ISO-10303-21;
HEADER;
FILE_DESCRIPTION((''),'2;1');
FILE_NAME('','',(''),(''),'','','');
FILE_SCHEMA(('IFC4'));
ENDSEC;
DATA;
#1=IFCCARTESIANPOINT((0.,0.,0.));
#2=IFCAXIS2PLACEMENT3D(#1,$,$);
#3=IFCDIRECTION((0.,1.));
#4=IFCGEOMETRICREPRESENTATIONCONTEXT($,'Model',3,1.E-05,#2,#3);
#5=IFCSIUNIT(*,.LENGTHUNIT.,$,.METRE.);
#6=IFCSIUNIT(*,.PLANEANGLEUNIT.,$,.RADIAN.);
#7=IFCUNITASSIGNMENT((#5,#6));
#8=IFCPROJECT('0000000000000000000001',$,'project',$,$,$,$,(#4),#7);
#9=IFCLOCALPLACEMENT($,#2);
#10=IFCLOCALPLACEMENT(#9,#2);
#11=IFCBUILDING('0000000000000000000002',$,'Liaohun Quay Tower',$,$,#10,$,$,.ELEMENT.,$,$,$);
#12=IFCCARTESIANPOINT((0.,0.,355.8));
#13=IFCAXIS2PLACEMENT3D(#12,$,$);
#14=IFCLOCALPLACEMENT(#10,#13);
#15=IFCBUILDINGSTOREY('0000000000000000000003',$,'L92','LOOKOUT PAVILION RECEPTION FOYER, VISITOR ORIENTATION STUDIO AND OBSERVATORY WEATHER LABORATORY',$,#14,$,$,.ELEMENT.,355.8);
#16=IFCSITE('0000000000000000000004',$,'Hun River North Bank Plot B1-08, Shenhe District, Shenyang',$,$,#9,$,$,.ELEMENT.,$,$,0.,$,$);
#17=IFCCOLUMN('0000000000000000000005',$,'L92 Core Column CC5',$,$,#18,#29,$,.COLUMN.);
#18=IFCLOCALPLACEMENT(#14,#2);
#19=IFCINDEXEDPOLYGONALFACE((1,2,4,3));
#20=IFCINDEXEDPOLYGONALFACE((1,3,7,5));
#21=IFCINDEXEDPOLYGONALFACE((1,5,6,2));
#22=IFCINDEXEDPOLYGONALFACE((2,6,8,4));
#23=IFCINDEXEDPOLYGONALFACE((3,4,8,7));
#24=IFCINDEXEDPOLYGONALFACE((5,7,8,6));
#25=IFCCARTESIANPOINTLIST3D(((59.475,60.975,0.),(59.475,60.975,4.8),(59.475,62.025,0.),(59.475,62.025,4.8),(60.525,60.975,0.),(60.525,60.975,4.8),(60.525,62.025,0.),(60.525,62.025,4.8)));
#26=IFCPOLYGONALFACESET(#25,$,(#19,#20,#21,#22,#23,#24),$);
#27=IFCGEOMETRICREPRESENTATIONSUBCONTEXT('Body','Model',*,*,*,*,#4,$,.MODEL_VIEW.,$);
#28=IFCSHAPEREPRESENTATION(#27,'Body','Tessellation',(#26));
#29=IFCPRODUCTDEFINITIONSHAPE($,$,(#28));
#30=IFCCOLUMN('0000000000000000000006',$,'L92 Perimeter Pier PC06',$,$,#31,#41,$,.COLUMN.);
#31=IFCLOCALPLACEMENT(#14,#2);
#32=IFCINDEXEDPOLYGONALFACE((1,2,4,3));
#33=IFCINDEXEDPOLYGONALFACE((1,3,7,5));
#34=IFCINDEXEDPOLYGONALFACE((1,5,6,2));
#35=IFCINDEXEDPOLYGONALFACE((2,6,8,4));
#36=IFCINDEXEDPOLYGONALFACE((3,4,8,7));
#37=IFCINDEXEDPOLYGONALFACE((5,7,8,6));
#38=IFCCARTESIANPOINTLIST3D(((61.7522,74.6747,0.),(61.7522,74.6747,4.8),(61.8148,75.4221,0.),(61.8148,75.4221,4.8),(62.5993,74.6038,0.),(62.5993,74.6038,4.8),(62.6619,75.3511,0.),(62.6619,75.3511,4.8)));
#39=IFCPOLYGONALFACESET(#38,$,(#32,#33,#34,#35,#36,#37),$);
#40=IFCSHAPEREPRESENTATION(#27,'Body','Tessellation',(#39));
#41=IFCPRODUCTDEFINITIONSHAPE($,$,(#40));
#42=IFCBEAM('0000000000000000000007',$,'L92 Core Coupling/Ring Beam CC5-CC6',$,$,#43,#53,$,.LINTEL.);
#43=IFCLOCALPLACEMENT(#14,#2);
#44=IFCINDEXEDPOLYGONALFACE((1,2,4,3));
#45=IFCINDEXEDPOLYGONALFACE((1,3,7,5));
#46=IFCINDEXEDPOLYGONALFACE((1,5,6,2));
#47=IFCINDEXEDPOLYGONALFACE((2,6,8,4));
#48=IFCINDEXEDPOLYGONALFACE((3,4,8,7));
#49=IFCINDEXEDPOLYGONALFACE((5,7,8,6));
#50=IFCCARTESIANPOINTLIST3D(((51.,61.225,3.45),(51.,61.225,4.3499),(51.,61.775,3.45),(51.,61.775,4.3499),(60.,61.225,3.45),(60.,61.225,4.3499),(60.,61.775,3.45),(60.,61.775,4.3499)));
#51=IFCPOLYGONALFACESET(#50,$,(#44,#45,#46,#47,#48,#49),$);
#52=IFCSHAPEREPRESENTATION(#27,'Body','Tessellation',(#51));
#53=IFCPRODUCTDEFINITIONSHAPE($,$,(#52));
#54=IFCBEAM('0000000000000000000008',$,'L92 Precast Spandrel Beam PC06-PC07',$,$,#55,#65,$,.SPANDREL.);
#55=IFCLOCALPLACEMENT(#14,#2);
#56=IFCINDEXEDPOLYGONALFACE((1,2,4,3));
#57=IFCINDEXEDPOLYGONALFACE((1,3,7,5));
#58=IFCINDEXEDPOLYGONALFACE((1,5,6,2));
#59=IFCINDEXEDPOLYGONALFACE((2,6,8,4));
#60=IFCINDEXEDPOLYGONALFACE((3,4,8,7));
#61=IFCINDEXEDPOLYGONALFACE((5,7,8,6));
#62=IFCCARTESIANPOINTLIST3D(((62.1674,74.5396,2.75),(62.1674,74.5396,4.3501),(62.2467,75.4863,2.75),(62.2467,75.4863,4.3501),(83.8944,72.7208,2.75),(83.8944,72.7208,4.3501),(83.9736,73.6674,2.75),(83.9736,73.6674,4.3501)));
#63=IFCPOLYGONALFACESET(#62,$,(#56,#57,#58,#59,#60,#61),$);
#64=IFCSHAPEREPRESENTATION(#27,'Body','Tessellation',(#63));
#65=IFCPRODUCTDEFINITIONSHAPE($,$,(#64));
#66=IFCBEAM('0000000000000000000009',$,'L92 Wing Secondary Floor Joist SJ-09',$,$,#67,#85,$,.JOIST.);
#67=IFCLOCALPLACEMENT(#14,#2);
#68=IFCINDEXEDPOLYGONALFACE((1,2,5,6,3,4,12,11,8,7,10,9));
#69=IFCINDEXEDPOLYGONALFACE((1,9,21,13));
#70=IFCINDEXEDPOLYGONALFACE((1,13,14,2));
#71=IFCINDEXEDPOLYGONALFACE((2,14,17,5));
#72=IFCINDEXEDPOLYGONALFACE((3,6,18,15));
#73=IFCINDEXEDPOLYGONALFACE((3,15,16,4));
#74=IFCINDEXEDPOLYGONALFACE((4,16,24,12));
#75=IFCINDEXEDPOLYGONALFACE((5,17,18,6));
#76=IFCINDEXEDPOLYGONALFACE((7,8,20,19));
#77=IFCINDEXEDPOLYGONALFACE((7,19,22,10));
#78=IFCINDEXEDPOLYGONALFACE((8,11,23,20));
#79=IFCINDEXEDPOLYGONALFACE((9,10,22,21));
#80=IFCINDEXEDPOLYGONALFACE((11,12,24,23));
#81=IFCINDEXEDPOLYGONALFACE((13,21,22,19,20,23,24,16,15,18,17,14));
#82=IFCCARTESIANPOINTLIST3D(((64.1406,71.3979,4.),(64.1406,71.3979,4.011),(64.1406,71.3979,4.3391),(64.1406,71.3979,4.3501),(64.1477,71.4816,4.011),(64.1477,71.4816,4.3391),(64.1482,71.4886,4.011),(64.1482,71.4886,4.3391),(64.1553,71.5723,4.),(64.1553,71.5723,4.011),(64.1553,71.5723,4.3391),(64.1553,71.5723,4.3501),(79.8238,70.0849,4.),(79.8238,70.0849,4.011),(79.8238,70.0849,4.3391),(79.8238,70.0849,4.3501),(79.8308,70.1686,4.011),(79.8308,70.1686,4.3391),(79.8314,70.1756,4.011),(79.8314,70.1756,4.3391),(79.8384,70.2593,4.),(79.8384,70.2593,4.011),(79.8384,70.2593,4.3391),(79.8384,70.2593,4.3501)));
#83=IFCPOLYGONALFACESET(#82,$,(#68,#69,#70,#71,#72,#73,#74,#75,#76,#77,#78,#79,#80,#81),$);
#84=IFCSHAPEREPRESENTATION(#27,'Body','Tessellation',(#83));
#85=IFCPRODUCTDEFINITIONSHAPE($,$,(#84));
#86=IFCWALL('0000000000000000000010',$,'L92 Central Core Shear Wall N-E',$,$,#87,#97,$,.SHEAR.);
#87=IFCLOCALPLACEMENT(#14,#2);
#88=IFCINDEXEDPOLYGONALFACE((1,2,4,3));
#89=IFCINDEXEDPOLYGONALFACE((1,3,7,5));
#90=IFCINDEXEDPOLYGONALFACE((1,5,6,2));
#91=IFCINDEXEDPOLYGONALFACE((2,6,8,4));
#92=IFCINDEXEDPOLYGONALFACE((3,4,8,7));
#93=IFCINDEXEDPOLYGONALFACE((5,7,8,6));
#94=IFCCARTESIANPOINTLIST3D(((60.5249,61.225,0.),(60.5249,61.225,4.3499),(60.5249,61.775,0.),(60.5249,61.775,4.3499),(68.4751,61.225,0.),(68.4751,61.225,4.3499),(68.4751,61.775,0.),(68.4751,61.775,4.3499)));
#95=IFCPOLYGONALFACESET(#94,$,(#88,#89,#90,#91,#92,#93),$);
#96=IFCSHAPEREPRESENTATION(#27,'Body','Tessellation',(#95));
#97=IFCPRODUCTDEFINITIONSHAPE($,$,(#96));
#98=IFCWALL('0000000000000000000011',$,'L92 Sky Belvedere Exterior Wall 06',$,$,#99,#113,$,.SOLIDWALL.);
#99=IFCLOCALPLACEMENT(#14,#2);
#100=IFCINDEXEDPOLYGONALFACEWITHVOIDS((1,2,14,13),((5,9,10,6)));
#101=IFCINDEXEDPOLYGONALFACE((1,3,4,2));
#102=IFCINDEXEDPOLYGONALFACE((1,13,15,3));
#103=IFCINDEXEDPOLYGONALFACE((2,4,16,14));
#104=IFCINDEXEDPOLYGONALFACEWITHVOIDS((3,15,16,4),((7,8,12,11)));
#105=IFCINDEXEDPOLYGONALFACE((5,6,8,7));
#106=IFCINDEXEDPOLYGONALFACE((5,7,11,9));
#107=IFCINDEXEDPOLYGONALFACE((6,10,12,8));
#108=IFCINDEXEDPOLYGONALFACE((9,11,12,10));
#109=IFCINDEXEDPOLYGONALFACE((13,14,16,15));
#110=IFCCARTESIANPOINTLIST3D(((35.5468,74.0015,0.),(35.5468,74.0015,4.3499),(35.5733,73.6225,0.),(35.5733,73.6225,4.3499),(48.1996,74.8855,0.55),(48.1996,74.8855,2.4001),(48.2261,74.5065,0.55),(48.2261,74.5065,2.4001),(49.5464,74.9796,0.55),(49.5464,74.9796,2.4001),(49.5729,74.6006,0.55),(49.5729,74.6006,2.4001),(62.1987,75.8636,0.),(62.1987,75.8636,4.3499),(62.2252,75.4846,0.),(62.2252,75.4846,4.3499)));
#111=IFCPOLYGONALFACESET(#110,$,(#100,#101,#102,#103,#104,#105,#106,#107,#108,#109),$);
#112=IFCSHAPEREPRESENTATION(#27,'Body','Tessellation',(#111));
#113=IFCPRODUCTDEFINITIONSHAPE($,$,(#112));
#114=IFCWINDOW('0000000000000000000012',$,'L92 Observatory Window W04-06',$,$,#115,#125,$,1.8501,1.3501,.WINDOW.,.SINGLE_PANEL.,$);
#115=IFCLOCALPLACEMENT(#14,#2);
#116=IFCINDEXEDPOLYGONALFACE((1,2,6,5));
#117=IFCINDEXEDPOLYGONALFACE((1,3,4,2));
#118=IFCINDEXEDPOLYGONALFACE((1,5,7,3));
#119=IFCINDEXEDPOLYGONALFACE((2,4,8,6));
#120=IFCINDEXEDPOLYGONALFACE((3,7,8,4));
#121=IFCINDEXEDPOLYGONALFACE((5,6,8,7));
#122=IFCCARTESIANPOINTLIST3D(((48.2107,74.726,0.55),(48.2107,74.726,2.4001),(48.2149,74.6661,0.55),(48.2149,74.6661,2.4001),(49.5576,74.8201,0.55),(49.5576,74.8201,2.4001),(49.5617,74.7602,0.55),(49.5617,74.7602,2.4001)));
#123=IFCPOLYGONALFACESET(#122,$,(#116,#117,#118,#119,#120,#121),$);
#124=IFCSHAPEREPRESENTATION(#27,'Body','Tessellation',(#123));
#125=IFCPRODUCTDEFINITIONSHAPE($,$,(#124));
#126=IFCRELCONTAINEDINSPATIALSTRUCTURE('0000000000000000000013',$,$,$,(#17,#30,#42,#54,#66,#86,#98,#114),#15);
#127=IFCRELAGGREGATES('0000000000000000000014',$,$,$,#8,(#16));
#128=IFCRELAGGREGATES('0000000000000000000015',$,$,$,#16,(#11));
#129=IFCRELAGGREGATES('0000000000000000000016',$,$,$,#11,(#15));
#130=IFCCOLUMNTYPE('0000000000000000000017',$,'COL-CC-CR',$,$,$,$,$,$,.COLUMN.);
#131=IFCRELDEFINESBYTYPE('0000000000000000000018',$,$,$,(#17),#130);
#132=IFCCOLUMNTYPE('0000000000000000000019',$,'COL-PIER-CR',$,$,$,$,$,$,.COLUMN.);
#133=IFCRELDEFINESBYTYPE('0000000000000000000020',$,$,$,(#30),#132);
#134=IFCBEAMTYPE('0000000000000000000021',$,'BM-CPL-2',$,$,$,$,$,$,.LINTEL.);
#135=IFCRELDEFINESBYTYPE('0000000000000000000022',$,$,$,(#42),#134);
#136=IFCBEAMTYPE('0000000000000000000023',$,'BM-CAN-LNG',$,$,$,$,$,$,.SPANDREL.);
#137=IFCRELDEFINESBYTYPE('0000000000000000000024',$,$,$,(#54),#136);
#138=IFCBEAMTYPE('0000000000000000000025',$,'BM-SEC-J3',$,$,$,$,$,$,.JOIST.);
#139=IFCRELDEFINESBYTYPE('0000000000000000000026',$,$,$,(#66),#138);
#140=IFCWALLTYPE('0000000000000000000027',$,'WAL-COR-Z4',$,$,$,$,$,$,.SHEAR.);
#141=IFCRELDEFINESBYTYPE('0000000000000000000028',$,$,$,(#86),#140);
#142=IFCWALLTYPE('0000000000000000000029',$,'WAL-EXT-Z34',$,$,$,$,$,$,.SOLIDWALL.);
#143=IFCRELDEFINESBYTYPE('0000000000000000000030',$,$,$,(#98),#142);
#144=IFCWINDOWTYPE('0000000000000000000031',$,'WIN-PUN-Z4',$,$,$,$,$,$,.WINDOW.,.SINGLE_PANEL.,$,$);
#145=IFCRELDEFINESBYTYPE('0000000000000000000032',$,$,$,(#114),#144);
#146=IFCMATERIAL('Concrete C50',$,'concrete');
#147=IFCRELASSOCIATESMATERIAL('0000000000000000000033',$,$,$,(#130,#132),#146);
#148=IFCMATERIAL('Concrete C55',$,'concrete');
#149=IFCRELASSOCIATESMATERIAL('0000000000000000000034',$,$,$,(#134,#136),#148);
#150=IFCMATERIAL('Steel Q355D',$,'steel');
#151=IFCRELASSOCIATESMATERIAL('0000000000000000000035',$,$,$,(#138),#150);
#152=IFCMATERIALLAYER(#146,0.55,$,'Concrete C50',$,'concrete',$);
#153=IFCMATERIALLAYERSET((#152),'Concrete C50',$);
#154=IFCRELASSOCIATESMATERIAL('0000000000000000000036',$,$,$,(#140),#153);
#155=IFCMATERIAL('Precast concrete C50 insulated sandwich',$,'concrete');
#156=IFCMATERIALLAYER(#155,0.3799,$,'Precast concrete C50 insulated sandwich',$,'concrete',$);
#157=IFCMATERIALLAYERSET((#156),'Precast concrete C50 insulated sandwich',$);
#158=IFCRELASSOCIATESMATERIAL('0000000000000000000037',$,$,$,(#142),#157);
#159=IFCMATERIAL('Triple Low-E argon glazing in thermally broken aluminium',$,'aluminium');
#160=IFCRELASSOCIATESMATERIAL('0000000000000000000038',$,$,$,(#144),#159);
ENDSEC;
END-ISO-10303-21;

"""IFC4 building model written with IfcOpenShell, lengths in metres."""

from ifc_helpers import new_model, si_unit, direction, frame, frame_2d, origin, origin_2d, place, context, subcontext, project, spatial, rectangle, i_section, extrude, source, transform, mapped, material, layer, layer_set, material_profile, profile_set, type_object, element, fill, save


model = new_model("IFC4")

# Units and contexts
model_context = context("Model", 3, precision=1e-05, world=origin(), true_north=direction((0.0, 1.0)))
body_context = subcontext(model_context, "Body", "Model", "MODEL_VIEW")
ifc_project = project(units=[si_unit("LENGTHUNIT", "METRE"), si_unit("PLANEANGLEUNIT", "RADIAN")], contexts=[model_context])

# Site, building, storey
site_placement = place(None, origin())
site = spatial("IfcSite", under=ifc_project, at=site_placement, Name="Hun River North Bank Plot B1-08, Shenhe District, Shenyang", CompositionType="ELEMENT", RefElevation=0.0)
building_placement = place(site_placement, origin())
building = spatial("IfcBuilding", under=site, at=building_placement, Name="Liaohun Quay Tower", CompositionType="ELEMENT")
storey_placement = place(building_placement, frame((0.0, 0.0, 355.8)))
storey = spatial("IfcBuildingStorey", under=building, at=storey_placement, Name="L92", Description="LOOKOUT PAVILION RECEPTION FOYER, VISITOR ORIENTATION STUDIO AND OBSERVATORY WEATHER LABORATORY", CompositionType="ELEMENT", Elevation=355.8)

# Columns
ifc_material_1 = material(Name="Concrete C50", Category="concrete")
ifc_material_profile_1 = material_profile(ifc_material_1, rectangle(XDim=1.05, YDim=1.05, at=origin_2d()), Name="RC1050x1050")
ifc_profile_set_1 = profile_set([ifc_material_profile_1], Name="Concrete C50")
column_type_1 = type_object("IfcColumnType", Name="COL-CC-CR", PredefinedType="COLUMN", material=ifc_profile_set_1)
shared_shape_1 = source(origin(), body_context, "Body", "SweptSolid", [
    extrude(rectangle(XDim=1.05, YDim=1.05, at=origin_2d()), origin(), (0.0, 0.0, 1.0), 4.8),
])
column_1_placement = place(storey_placement, frame((60.0, 61.5, 0.0), z_axis=(0.0, 0.0, 1.0), x_axis=(1.0, 0.0, 0.0)))
element("IfcColumn", 1, at=column_1_placement, inside=storey, type_object=column_type_1, Name="L92 Core Column CC5", PredefinedType="COLUMN", context=body_context, shape_type="MappedRepresentation", body=[
    mapped(shared_shape_1, transform((0.0, 0.0, 0.0), x_axis=(1.0, 0.0, 0.0), y_axis=(0.0, 1.0, 0.0), z_axis=(0.0, 0.0, 1.0), scale=1.0)),
])
ifc_material_profile_2 = material_profile(ifc_material_1, rectangle(XDim=0.8501, YDim=0.75, at=origin_2d()), Name="RC850x750")
ifc_profile_set_2 = profile_set([ifc_material_profile_2], Name="Concrete C50")
column_type_2 = type_object("IfcColumnType", Name="COL-PIER-CR", PredefinedType="COLUMN", material=ifc_profile_set_2)
shared_shape_2 = source(origin(), body_context, "Body", "SweptSolid", [
    extrude(rectangle(XDim=0.8501, YDim=0.75, at=origin_2d()), origin(), (0.0, 0.0, 1.0), 4.8),
])
column_2_placement = place(storey_placement, frame((62.207, 75.0129, 0.0), z_axis=(0.0, 0.0, 1.0), x_axis=(-0.996507, 0.083504, 0.0)))
element("IfcColumn", 2, at=column_2_placement, inside=storey, type_object=column_type_2, Name="L92 Perimeter Pier PC06", PredefinedType="COLUMN", context=body_context, shape_type="MappedRepresentation", body=[
    mapped(shared_shape_2, transform((0.0, 0.0, 0.0), x_axis=(1.0, 0.0, 0.0), y_axis=(0.0, 1.0, 0.0), z_axis=(0.0, 0.0, 1.0), scale=1.0)),
])

# Beams
ifc_material_2 = material(Name="Concrete C55", Category="concrete")
ifc_material_profile_3 = material_profile(ifc_material_2, rectangle(XDim=0.55, YDim=0.8999, at=origin_2d()), Name="RC550x900")
ifc_profile_set_3 = profile_set([ifc_material_profile_3], Name="Concrete C55")
beam_type_1 = type_object("IfcBeamType", Name="BM-CPL-2", PredefinedType="LINTEL", material=ifc_profile_set_3)
shared_shape_3 = source(origin(), body_context, "Body", "SweptSolid", [
    extrude(rectangle(XDim=0.55, YDim=0.8999, at=origin_2d()), origin(), (0.0, 0.0, 1.0), 9.0),
])
beam_1_placement = place(storey_placement, frame((60.0, 61.5, 3.8999), z_axis=(-1.0, 0.0, 0.0), x_axis=(0.0, -1.0, 0.0)))
element("IfcBeam", 3, at=beam_1_placement, inside=storey, type_object=beam_type_1, Name="L92 Core Coupling/Ring Beam CC5-CC6", PredefinedType="LINTEL", context=body_context, shape_type="MappedRepresentation", body=[
    mapped(shared_shape_3, transform((0.0, 0.0, 0.0), x_axis=(1.0, 0.0, 0.0), y_axis=(0.0, 1.0, 0.0), z_axis=(0.0, 0.0, 1.0), scale=1.0)),
])
ifc_material_profile_4 = material_profile(ifc_material_2, rectangle(XDim=0.95, YDim=1.6001, at=origin_2d()), Name="RC950x1600")
ifc_profile_set_4 = profile_set([ifc_material_profile_4], Name="Concrete C55")
beam_type_2 = type_object("IfcBeamType", Name="BM-CAN-LNG", PredefinedType="SPANDREL", material=ifc_profile_set_4)
shared_shape_4 = source(origin(), body_context, "Body", "SweptSolid", [
    extrude(rectangle(XDim=0.95, YDim=1.6001, at=origin_2d()), origin(), (0.0, 0.0, 1.0), 21.803),
])
beam_2_placement = place(storey_placement, frame((62.207, 75.0129, 3.55), z_axis=(0.996514, -0.083422, 0.0), x_axis=(0.083422, 0.996514, 0.0)))
element("IfcBeam", 4, at=beam_2_placement, inside=storey, type_object=beam_type_2, Name="L92 Precast Spandrel Beam PC06-PC07", PredefinedType="SPANDREL", context=body_context, shape_type="MappedRepresentation", body=[
    mapped(shared_shape_4, transform((0.0, 0.0, 0.0), x_axis=(1.0, 0.0, 0.0), y_axis=(0.0, 1.0, 0.0), z_axis=(0.0, 0.0, 1.0), scale=1.0)),
])
ifc_material_3 = material(Name="Steel Q355D", Category="steel")
ifc_material_profile_5 = material_profile(ifc_material_3, i_section(OverallWidth=0.175, OverallDepth=0.3501, WebThickness=0.0071, FlangeThickness=0.011, at=origin_2d()), Name="HN350x175x7x11")
ifc_profile_set_5 = profile_set([ifc_material_profile_5], Name="Steel Q355D")
beam_type_3 = type_object("IfcBeamType", Name="BM-SEC-J3", PredefinedType="JOIST", material=ifc_profile_set_5)
shared_shape_5 = source(origin(), body_context, "Body", "SweptSolid", [
    extrude(i_section(OverallWidth=0.175, OverallDepth=0.3501, WebThickness=0.0071, FlangeThickness=0.011, at=origin_2d()), origin(), (0.0, 0.0, 1.0), 15.738),
])
beam_3_placement = place(storey_placement, frame((64.1479, 71.4851, 4.175), z_axis=(0.996514, -0.083428, 0.0), x_axis=(0.083428, 0.996514, 0.0)))
element("IfcBeam", 5, at=beam_3_placement, inside=storey, type_object=beam_type_3, Name="L92 Wing Secondary Floor Joist SJ-09", PredefinedType="JOIST", context=body_context, shape_type="MappedRepresentation", body=[
    mapped(shared_shape_5, transform((0.0, 0.0, 0.0), x_axis=(1.0, 0.0, 0.0), y_axis=(0.0, 1.0, 0.0), z_axis=(0.0, 0.0, 1.0), scale=1.0)),
])

# Wall
ifc_layer_1 = layer(ifc_material_1, 0.55, Name="Concrete C50", Category="concrete")
ifc_layer_set_1 = layer_set([ifc_layer_1], Name="Concrete C50")
wall_type_1 = type_object("IfcWallType", Name="WAL-COR-Z4", PredefinedType="SHEAR", material=ifc_layer_set_1)
wall_1_placement = place(storey_placement, frame((60.5249, 61.5, 0.0), z_axis=(0.0, 0.0, 1.0), x_axis=(1.0, 0.0, 0.0)))
element("IfcWall", 6, at=wall_1_placement, inside=storey, type_object=wall_type_1, Name="L92 Central Core Shear Wall N-E", PredefinedType="SHEAR", context=body_context, shape_type="SweptSolid", body=[
    extrude(rectangle(XDim=7.9502, YDim=0.55, at=frame_2d((3.9751, 0.0))), origin(), (0.0, 0.0, 1.0), 4.3499),
])

# Wall, opening, window
ifc_material_4 = material(Name="Precast concrete C50 insulated sandwich", Category="concrete")
ifc_layer_2 = layer(ifc_material_4, 0.3799, Name="Precast concrete C50 insulated sandwich", Category="concrete")
ifc_layer_set_2 = layer_set([ifc_layer_2], Name="Precast concrete C50 insulated sandwich")
wall_type_2 = type_object("IfcWallType", Name="WAL-EXT-Z34", PredefinedType="SOLIDWALL", material=ifc_layer_set_2)
wall_2_placement = place(storey_placement, frame((62.2119, 75.6741, 0.0), z_axis=(0.0, 0.0, 1.0), x_axis=(-0.997568, -0.069696, 0.0)))
wall_2 = element("IfcWall", 7, at=wall_2_placement, inside=storey, type_object=wall_type_2, Name="L92 Sky Belvedere Exterior Wall 06", PredefinedType="SOLIDWALL", context=body_context, shape_type="SweptSolid", body=[
    extrude(rectangle(XDim=26.7168, YDim=0.3799, at=frame_2d((13.3584, 0.0))), origin(), (0.0, 0.0, 1.0), 4.3499),
])
shared_shape_6 = source(origin(), body_context, "Body", "SweptSolid", [
    extrude(rectangle(XDim=1.3501, YDim=1.8501, at=frame_2d((0.675, 0.925))), frame((0.0, 0.2, 0.0), z_axis=(0.0, -1.0, 0.0), x_axis=(1.0, 0.0, 0.0)), (0.0, 0.0, 1.0), 0.3999),
])
opening_1_placement = place(wall_2_placement, frame((12.6831, 0.0, 0.55)))
opening_1 = element("IfcOpeningElement", 8, at=opening_1_placement, cuts=wall_2, PredefinedType="OPENING", context=body_context, shape_type="MappedRepresentation", body=[
    mapped(shared_shape_6, transform((0.0, 0.0, 0.0), x_axis=(1.0, 0.0, 0.0), y_axis=(0.0, 1.0, 0.0), z_axis=(0.0, 0.0, 1.0), scale=1.0)),
])
ifc_material_5 = material(Name="Triple Low-E argon glazing in thermally broken aluminium", Category="aluminium")
window_type = type_object("IfcWindowType", Name="WIN-PUN-Z4", PartitioningType="SINGLE_PANEL", PredefinedType="WINDOW", material=ifc_material_5)
shared_shape_7 = source(origin(), body_context, "Body", "SweptSolid", [
    extrude(rectangle(XDim=1.3501, YDim=1.8501, at=frame_2d((0.675, 0.925))), frame((0.0, 0.03, 0.0), z_axis=(0.0, -1.0, 0.0), x_axis=(1.0, 0.0, 0.0)), (0.0, 0.0, 1.0), 0.0601),
])
window_placement = place(opening_1_placement, origin())
window = element("IfcWindow", 9, at=window_placement, inside=storey, type_object=window_type, Name="L92 Observatory Window W04-06", OverallHeight=1.8501, OverallWidth=1.3501, PartitioningType="SINGLE_PANEL", PredefinedType="WINDOW", context=body_context, shape_type="MappedRepresentation", body=[
    mapped(shared_shape_7, transform((0.0, 0.0, 0.0), x_axis=(1.0, 0.0, 0.0), y_axis=(0.0, 1.0, 0.0), z_axis=(0.0, 0.0, 1.0), scale=1.0)),
])
fill(opening_1, window)

save(model, "model.ifc")
